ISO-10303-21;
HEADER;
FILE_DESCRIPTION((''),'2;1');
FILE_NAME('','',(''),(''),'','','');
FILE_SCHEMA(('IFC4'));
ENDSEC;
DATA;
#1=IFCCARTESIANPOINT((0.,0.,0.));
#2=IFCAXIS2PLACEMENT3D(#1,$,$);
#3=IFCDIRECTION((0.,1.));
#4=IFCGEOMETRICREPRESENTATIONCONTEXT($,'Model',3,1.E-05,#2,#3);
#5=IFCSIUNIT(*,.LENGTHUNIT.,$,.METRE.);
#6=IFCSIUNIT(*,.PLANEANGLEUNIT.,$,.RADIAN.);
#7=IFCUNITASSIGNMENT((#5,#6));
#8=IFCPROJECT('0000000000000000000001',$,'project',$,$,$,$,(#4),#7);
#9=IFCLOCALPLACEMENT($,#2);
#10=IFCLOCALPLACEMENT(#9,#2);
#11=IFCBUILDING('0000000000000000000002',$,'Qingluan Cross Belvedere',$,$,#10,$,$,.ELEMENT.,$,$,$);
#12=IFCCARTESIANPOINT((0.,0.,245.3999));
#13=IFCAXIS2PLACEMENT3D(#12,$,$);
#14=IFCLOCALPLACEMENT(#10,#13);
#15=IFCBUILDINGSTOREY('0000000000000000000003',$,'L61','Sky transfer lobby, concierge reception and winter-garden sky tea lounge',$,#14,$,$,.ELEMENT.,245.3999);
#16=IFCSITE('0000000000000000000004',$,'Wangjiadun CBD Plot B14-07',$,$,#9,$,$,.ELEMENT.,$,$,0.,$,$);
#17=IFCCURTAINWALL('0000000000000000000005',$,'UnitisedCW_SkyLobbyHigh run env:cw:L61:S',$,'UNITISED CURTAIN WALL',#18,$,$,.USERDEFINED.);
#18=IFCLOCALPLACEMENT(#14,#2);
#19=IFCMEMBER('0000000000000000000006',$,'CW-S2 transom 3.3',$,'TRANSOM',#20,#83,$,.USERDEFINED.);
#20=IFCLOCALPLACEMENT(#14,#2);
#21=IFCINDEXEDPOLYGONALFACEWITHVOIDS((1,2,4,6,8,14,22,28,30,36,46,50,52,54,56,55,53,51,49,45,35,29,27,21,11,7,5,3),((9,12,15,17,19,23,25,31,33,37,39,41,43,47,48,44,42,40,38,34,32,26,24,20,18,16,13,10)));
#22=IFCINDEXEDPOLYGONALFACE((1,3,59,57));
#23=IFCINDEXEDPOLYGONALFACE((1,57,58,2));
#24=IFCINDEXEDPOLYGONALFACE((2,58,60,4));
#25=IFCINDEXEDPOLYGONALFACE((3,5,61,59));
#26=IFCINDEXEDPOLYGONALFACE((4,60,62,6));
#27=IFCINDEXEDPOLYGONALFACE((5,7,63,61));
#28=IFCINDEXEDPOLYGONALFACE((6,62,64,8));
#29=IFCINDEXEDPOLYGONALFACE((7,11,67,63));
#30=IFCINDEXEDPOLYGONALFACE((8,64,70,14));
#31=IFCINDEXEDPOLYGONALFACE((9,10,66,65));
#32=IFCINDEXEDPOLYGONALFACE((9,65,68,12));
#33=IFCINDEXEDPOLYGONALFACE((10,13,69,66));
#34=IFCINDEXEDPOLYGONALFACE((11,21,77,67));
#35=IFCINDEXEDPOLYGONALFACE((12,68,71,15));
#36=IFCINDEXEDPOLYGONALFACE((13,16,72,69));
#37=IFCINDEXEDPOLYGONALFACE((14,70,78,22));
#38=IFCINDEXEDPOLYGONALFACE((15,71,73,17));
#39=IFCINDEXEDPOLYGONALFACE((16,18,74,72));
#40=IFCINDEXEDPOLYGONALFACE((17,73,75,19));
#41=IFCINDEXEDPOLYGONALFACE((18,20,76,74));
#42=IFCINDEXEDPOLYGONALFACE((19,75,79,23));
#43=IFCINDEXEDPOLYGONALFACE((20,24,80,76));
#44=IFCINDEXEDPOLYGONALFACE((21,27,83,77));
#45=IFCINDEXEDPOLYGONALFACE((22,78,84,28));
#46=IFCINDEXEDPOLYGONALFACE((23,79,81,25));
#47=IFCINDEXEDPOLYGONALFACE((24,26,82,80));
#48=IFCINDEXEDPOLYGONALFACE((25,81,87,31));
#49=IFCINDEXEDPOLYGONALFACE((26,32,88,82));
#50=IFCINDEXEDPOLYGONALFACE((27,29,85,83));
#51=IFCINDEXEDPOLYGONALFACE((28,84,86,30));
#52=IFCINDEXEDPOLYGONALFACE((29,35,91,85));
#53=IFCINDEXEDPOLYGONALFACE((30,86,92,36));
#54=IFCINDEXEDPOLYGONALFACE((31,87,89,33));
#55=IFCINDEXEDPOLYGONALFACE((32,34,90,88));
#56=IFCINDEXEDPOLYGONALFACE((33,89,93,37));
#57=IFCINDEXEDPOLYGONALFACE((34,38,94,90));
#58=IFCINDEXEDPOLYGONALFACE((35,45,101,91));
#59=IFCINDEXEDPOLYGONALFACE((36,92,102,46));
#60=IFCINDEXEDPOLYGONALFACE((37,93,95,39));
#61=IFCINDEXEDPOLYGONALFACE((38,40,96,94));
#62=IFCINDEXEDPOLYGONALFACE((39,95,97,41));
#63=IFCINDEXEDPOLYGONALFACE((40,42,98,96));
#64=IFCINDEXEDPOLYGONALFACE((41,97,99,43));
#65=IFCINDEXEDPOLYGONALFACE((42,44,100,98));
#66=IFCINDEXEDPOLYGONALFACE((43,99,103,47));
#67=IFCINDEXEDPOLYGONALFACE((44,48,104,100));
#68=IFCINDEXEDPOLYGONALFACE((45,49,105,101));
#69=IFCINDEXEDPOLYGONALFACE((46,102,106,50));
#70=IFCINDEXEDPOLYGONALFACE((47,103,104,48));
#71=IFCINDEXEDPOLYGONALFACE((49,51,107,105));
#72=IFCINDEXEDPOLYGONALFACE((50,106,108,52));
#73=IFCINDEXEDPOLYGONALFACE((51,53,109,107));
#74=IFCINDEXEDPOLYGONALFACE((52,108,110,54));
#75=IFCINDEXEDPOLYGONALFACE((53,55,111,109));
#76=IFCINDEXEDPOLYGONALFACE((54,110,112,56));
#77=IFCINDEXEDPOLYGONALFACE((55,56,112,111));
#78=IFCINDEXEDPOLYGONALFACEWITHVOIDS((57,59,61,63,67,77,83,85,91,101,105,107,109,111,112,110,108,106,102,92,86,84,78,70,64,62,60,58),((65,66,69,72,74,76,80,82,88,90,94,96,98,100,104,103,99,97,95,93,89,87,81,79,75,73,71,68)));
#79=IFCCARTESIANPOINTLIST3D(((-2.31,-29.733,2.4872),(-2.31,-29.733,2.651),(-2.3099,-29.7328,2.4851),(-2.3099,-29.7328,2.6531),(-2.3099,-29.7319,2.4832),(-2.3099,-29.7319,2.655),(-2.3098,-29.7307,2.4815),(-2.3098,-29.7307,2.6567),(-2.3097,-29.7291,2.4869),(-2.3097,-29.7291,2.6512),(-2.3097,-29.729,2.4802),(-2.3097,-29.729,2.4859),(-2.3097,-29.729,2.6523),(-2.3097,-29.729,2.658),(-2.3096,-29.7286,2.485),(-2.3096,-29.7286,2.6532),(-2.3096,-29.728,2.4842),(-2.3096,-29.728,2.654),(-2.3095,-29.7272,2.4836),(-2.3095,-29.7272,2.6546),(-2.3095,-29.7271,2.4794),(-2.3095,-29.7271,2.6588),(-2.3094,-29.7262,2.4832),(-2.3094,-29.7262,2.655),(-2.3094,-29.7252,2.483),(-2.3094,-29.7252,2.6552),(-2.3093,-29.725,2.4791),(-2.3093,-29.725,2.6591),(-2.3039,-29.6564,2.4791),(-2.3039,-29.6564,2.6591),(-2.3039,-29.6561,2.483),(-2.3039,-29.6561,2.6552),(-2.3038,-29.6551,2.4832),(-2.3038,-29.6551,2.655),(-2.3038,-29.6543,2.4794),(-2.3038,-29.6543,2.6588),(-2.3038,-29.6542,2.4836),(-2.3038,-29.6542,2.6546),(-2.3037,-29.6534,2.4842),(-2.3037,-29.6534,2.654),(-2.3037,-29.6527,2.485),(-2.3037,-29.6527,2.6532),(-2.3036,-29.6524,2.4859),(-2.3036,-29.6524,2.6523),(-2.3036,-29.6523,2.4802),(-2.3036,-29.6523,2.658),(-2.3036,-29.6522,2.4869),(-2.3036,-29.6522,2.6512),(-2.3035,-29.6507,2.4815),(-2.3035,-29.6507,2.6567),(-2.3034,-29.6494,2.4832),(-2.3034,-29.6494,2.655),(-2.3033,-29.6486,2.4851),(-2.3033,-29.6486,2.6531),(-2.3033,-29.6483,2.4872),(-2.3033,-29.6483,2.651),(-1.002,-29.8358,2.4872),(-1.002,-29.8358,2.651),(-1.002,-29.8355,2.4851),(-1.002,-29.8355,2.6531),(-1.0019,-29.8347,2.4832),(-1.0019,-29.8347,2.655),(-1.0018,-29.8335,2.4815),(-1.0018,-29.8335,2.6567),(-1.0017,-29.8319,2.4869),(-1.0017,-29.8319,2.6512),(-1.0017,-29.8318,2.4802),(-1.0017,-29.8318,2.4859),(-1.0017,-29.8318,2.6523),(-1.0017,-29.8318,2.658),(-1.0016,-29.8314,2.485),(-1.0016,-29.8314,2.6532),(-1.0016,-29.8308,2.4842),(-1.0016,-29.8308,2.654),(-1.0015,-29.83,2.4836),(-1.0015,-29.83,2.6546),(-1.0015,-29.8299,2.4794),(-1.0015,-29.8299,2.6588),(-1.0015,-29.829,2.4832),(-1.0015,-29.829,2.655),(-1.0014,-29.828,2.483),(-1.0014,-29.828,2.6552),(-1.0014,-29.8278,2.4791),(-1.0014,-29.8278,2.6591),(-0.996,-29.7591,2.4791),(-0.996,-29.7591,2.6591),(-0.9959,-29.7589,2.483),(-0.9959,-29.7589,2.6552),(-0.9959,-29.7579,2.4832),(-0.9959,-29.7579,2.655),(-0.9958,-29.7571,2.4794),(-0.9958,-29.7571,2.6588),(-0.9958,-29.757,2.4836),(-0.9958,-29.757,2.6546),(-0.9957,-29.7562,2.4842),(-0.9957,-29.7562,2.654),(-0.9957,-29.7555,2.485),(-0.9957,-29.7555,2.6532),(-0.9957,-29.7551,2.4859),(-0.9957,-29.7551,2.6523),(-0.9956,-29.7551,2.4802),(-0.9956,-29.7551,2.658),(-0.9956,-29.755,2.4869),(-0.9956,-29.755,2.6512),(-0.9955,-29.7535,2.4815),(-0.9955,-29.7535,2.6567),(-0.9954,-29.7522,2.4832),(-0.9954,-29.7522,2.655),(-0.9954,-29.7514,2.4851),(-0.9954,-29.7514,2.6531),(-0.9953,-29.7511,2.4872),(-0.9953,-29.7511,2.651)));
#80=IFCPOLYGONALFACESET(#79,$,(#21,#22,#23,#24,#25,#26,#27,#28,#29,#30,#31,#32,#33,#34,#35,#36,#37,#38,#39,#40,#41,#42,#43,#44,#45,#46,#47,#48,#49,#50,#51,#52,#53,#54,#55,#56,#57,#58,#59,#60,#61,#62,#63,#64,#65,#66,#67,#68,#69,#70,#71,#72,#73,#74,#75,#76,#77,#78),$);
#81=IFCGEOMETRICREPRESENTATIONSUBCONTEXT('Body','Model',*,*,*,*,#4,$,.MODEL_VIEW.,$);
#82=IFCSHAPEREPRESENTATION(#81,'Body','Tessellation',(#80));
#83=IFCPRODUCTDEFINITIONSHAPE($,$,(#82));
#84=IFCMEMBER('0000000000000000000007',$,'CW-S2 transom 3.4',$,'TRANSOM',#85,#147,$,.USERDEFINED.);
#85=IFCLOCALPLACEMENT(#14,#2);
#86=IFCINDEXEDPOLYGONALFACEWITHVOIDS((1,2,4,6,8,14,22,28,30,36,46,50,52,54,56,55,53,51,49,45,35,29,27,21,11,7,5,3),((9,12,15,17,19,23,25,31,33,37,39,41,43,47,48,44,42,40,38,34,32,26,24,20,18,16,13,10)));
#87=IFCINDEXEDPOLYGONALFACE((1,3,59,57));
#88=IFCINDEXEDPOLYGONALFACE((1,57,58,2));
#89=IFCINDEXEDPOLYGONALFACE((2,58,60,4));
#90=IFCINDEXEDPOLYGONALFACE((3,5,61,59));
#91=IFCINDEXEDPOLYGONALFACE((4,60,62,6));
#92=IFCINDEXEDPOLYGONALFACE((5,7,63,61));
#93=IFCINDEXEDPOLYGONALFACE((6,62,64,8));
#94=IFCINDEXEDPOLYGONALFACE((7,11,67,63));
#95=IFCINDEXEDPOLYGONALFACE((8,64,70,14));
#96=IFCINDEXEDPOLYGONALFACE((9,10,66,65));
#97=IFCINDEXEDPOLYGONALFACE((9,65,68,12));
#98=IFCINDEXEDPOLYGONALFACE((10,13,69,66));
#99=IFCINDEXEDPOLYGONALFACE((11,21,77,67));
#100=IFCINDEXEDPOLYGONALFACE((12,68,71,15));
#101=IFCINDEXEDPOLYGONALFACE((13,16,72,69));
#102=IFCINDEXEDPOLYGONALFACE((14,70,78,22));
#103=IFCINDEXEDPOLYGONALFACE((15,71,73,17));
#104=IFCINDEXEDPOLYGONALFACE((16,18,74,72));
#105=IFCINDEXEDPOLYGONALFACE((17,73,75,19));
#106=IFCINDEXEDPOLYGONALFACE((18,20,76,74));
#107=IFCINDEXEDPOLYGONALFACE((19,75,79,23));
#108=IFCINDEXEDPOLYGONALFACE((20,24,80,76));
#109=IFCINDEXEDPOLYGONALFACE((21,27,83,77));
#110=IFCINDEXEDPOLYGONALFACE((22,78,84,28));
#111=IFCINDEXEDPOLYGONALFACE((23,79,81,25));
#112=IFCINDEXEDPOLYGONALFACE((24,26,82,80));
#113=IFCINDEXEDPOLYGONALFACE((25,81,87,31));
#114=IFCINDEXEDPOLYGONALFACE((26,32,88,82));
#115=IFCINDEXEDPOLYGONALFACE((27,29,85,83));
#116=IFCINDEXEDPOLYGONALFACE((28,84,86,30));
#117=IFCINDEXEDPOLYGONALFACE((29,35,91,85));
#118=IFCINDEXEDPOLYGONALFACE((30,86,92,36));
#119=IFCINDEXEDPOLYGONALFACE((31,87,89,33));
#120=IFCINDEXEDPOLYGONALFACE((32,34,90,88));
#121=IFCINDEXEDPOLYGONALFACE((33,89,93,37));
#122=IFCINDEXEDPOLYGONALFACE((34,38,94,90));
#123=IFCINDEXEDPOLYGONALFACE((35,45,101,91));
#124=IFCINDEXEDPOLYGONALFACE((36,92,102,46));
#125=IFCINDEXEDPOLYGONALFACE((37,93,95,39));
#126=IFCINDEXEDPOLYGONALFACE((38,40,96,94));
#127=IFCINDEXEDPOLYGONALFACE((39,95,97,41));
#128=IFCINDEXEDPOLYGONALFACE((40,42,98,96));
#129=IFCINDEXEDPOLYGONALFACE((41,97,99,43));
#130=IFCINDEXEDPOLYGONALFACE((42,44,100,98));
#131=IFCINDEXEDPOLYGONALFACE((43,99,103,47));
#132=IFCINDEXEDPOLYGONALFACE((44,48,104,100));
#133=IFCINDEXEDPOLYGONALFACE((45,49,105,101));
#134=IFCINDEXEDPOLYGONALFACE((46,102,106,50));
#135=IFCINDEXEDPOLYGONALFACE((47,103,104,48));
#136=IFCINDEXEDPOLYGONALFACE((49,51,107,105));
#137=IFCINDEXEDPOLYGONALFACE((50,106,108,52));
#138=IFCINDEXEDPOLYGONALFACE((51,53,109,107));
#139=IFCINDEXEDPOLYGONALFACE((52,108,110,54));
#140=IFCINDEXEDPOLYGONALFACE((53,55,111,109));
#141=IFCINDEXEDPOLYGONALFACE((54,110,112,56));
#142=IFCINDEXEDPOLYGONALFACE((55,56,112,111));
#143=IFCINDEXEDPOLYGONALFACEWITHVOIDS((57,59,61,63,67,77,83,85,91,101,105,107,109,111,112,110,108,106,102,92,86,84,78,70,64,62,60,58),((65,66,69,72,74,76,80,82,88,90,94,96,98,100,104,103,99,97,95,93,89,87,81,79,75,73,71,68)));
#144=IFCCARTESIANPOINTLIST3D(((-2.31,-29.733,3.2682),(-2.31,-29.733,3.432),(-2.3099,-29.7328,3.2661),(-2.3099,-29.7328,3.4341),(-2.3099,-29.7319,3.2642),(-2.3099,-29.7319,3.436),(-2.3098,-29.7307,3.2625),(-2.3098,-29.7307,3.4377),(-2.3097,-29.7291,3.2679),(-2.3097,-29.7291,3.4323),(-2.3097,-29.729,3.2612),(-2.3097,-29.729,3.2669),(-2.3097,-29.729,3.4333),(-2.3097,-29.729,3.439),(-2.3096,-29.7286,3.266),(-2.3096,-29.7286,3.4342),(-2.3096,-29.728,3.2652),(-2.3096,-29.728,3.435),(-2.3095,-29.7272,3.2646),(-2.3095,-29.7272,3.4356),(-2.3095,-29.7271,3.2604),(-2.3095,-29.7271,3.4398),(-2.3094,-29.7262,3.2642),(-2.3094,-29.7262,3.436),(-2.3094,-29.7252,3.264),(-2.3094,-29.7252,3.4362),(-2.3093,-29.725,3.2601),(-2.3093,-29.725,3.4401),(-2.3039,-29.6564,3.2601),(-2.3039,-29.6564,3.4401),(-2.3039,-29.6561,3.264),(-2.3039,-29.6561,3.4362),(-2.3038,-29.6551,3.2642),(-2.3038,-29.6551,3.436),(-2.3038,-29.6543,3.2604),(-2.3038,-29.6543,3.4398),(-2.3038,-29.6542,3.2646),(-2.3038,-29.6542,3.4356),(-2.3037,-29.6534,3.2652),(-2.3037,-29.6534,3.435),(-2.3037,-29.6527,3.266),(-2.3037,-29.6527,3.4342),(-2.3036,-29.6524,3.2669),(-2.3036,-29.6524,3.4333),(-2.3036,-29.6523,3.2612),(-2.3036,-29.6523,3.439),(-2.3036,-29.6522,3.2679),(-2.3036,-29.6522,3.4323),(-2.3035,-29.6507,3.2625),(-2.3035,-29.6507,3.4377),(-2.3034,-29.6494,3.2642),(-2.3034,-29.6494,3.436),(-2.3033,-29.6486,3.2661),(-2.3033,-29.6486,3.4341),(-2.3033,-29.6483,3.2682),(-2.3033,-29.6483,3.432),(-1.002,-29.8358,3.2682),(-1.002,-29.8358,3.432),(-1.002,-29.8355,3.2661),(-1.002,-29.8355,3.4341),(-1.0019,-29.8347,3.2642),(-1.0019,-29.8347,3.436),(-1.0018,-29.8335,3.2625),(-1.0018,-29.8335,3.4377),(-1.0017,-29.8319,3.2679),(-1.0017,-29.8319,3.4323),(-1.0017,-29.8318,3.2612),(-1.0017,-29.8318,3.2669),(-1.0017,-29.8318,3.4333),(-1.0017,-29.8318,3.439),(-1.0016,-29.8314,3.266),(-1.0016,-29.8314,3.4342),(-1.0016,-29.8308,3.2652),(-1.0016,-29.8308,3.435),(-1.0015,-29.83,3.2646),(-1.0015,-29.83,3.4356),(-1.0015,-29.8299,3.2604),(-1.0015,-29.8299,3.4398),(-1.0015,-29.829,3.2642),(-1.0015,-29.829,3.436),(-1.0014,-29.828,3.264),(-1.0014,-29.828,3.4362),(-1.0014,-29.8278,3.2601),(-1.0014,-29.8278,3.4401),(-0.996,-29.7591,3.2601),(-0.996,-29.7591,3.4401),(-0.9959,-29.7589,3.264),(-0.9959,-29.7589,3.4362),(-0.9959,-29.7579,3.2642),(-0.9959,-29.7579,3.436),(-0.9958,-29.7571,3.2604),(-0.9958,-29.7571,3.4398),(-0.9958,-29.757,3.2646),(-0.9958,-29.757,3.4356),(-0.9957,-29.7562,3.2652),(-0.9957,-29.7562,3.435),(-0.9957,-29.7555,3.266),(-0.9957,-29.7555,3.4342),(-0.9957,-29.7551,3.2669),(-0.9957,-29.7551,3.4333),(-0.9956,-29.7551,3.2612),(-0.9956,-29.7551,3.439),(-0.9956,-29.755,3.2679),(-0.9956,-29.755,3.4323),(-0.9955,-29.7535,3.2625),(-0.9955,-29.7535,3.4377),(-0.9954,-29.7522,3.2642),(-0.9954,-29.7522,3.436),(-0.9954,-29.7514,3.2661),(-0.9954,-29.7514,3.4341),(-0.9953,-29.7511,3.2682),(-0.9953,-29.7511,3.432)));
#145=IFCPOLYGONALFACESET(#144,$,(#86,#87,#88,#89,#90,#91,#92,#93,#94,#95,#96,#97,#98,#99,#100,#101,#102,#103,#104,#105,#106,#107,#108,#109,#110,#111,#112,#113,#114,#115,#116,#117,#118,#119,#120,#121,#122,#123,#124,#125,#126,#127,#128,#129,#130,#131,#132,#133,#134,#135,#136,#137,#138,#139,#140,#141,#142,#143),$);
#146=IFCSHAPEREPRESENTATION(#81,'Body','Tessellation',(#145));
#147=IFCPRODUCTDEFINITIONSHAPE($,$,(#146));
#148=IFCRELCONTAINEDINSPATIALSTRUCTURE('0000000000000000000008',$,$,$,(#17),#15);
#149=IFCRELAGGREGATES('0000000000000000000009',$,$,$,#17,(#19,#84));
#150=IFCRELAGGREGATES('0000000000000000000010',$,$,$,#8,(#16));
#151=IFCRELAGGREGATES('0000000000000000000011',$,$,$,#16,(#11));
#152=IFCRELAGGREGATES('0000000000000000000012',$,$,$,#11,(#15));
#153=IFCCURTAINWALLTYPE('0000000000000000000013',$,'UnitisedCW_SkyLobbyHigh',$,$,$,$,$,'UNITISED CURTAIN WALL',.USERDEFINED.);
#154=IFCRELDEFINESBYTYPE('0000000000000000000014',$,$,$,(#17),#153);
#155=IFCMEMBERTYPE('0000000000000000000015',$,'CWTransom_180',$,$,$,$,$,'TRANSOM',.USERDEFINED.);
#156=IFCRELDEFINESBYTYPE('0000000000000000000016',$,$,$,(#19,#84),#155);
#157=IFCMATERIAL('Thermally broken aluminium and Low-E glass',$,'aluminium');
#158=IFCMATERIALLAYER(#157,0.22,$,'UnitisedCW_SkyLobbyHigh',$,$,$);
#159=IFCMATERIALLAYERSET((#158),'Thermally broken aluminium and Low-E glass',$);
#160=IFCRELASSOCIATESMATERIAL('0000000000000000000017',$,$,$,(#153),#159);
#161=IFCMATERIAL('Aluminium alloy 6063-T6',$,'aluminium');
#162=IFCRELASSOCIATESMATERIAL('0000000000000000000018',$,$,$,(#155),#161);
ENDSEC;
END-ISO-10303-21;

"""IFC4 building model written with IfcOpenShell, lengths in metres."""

from ifc_helpers import new_model, si_unit, direction, frame, origin, origin_2d, place, context, subcontext, project, spatial, hollow_rectangle, extrude, material, layer, layer_set, material_profile, profile_set, type_object, element, aggregate, save


model = new_model("IFC4")

# Units and contexts
model_context = context("Model", 3, precision=1e-05, world=origin(), true_north=direction((0.0, 1.0)))
body_context = subcontext(model_context, "Body", "Model", "MODEL_VIEW")
ifc_project = project(units=[si_unit("LENGTHUNIT", "METRE"), si_unit("PLANEANGLEUNIT", "RADIAN")], contexts=[model_context])

# Site, building, storey
site_placement = place(None, origin())
site = spatial("IfcSite", under=ifc_project, at=site_placement, Name="Wangjiadun CBD Plot B14-07", CompositionType="ELEMENT", RefElevation=0.0)
building_placement = place(site_placement, origin())
building = spatial("IfcBuilding", under=site, at=building_placement, Name="Qingluan Cross Belvedere", CompositionType="ELEMENT")
storey_placement = place(building_placement, frame((0.0, 0.0, 245.3999)))
storey = spatial("IfcBuildingStorey", under=building, at=storey_placement, Name="L61", Description="Sky transfer lobby, concierge reception and winter-garden sky tea lounge", CompositionType="ELEMENT", Elevation=245.3999)

# Curtain wall, members
ifc_material_1 = material(Name="Thermally broken aluminium and Low-E glass", Category="aluminium")
ifc_layer_1 = layer(ifc_material_1, 0.22, Name="UnitisedCW_SkyLobbyHigh")
ifc_layer_set_1 = layer_set([ifc_layer_1], Name="Thermally broken aluminium and Low-E glass")
curtain_wall_type = type_object("IfcCurtainWallType", Name="UnitisedCW_SkyLobbyHigh", ElementType="UNITISED CURTAIN WALL", PredefinedType="USERDEFINED", material=ifc_layer_set_1)
curtain_wall_placement = place(storey_placement, origin())
curtain_wall = element("IfcCurtainWall", 1, at=curtain_wall_placement, inside=storey, type_object=curtain_wall_type, Name="UnitisedCW_SkyLobbyHigh run env:cw:L61:S", ObjectType="UNITISED CURTAIN WALL", PredefinedType="USERDEFINED")
ifc_material_2 = material(Name="Aluminium alloy 6063-T6", Category="aluminium")
ifc_material_profile_1 = material_profile(ifc_material_2, hollow_rectangle(XDim=0.085, YDim=0.1799, WallThickness=0.0039, InnerFilletRadius=0.0039, OuterFilletRadius=0.0081, at=origin_2d()), Name="CWT180x85x4")
ifc_profile_set_1 = profile_set([ifc_material_profile_1], Name="Aluminium alloy 6063-T6")
member_type_1 = type_object("IfcMemberType", Name="CWTransom_180", ElementType="TRANSOM", PredefinedType="USERDEFINED", material=ifc_profile_set_1)
member_1_placement = place(storey_placement, frame((-2.3066, -29.6907, 2.5691), z_axis=(0.996926, -0.078347, 0.0), x_axis=(0.078347, 0.996926, 0.0)))
member_1 = element("IfcMember", 2, at=member_1_placement, type_object=member_type_1, Name="CW-S2 transom 3.3", ObjectType="TRANSOM", PredefinedType="USERDEFINED", context=body_context, shape_type="SweptSolid", body=[
    extrude(hollow_rectangle(XDim=0.085, YDim=0.1799, WallThickness=0.0039, InnerFilletRadius=0.0039, OuterFilletRadius=0.0081, at=origin_2d()), origin(), (0.0, 0.0, 1.0), 1.312),
])
member_2_placement = place(storey_placement, frame((-2.3066, -29.6907, 3.3501), z_axis=(0.996926, -0.078347, 0.0), x_axis=(0.078347, 0.996926, 0.0)))
member_2 = element("IfcMember", 3, at=member_2_placement, type_object=member_type_1, Name="CW-S2 transom 3.4", ObjectType="TRANSOM", PredefinedType="USERDEFINED", context=body_context, shape_type="SweptSolid", body=[
    extrude(hollow_rectangle(XDim=0.085, YDim=0.1799, WallThickness=0.0039, InnerFilletRadius=0.0039, OuterFilletRadius=0.0081, at=origin_2d()), origin(), (0.0, 0.0, 1.0), 1.312),
])
aggregate(curtain_wall, [member_1, member_2])

save(model, "model.ifc")
